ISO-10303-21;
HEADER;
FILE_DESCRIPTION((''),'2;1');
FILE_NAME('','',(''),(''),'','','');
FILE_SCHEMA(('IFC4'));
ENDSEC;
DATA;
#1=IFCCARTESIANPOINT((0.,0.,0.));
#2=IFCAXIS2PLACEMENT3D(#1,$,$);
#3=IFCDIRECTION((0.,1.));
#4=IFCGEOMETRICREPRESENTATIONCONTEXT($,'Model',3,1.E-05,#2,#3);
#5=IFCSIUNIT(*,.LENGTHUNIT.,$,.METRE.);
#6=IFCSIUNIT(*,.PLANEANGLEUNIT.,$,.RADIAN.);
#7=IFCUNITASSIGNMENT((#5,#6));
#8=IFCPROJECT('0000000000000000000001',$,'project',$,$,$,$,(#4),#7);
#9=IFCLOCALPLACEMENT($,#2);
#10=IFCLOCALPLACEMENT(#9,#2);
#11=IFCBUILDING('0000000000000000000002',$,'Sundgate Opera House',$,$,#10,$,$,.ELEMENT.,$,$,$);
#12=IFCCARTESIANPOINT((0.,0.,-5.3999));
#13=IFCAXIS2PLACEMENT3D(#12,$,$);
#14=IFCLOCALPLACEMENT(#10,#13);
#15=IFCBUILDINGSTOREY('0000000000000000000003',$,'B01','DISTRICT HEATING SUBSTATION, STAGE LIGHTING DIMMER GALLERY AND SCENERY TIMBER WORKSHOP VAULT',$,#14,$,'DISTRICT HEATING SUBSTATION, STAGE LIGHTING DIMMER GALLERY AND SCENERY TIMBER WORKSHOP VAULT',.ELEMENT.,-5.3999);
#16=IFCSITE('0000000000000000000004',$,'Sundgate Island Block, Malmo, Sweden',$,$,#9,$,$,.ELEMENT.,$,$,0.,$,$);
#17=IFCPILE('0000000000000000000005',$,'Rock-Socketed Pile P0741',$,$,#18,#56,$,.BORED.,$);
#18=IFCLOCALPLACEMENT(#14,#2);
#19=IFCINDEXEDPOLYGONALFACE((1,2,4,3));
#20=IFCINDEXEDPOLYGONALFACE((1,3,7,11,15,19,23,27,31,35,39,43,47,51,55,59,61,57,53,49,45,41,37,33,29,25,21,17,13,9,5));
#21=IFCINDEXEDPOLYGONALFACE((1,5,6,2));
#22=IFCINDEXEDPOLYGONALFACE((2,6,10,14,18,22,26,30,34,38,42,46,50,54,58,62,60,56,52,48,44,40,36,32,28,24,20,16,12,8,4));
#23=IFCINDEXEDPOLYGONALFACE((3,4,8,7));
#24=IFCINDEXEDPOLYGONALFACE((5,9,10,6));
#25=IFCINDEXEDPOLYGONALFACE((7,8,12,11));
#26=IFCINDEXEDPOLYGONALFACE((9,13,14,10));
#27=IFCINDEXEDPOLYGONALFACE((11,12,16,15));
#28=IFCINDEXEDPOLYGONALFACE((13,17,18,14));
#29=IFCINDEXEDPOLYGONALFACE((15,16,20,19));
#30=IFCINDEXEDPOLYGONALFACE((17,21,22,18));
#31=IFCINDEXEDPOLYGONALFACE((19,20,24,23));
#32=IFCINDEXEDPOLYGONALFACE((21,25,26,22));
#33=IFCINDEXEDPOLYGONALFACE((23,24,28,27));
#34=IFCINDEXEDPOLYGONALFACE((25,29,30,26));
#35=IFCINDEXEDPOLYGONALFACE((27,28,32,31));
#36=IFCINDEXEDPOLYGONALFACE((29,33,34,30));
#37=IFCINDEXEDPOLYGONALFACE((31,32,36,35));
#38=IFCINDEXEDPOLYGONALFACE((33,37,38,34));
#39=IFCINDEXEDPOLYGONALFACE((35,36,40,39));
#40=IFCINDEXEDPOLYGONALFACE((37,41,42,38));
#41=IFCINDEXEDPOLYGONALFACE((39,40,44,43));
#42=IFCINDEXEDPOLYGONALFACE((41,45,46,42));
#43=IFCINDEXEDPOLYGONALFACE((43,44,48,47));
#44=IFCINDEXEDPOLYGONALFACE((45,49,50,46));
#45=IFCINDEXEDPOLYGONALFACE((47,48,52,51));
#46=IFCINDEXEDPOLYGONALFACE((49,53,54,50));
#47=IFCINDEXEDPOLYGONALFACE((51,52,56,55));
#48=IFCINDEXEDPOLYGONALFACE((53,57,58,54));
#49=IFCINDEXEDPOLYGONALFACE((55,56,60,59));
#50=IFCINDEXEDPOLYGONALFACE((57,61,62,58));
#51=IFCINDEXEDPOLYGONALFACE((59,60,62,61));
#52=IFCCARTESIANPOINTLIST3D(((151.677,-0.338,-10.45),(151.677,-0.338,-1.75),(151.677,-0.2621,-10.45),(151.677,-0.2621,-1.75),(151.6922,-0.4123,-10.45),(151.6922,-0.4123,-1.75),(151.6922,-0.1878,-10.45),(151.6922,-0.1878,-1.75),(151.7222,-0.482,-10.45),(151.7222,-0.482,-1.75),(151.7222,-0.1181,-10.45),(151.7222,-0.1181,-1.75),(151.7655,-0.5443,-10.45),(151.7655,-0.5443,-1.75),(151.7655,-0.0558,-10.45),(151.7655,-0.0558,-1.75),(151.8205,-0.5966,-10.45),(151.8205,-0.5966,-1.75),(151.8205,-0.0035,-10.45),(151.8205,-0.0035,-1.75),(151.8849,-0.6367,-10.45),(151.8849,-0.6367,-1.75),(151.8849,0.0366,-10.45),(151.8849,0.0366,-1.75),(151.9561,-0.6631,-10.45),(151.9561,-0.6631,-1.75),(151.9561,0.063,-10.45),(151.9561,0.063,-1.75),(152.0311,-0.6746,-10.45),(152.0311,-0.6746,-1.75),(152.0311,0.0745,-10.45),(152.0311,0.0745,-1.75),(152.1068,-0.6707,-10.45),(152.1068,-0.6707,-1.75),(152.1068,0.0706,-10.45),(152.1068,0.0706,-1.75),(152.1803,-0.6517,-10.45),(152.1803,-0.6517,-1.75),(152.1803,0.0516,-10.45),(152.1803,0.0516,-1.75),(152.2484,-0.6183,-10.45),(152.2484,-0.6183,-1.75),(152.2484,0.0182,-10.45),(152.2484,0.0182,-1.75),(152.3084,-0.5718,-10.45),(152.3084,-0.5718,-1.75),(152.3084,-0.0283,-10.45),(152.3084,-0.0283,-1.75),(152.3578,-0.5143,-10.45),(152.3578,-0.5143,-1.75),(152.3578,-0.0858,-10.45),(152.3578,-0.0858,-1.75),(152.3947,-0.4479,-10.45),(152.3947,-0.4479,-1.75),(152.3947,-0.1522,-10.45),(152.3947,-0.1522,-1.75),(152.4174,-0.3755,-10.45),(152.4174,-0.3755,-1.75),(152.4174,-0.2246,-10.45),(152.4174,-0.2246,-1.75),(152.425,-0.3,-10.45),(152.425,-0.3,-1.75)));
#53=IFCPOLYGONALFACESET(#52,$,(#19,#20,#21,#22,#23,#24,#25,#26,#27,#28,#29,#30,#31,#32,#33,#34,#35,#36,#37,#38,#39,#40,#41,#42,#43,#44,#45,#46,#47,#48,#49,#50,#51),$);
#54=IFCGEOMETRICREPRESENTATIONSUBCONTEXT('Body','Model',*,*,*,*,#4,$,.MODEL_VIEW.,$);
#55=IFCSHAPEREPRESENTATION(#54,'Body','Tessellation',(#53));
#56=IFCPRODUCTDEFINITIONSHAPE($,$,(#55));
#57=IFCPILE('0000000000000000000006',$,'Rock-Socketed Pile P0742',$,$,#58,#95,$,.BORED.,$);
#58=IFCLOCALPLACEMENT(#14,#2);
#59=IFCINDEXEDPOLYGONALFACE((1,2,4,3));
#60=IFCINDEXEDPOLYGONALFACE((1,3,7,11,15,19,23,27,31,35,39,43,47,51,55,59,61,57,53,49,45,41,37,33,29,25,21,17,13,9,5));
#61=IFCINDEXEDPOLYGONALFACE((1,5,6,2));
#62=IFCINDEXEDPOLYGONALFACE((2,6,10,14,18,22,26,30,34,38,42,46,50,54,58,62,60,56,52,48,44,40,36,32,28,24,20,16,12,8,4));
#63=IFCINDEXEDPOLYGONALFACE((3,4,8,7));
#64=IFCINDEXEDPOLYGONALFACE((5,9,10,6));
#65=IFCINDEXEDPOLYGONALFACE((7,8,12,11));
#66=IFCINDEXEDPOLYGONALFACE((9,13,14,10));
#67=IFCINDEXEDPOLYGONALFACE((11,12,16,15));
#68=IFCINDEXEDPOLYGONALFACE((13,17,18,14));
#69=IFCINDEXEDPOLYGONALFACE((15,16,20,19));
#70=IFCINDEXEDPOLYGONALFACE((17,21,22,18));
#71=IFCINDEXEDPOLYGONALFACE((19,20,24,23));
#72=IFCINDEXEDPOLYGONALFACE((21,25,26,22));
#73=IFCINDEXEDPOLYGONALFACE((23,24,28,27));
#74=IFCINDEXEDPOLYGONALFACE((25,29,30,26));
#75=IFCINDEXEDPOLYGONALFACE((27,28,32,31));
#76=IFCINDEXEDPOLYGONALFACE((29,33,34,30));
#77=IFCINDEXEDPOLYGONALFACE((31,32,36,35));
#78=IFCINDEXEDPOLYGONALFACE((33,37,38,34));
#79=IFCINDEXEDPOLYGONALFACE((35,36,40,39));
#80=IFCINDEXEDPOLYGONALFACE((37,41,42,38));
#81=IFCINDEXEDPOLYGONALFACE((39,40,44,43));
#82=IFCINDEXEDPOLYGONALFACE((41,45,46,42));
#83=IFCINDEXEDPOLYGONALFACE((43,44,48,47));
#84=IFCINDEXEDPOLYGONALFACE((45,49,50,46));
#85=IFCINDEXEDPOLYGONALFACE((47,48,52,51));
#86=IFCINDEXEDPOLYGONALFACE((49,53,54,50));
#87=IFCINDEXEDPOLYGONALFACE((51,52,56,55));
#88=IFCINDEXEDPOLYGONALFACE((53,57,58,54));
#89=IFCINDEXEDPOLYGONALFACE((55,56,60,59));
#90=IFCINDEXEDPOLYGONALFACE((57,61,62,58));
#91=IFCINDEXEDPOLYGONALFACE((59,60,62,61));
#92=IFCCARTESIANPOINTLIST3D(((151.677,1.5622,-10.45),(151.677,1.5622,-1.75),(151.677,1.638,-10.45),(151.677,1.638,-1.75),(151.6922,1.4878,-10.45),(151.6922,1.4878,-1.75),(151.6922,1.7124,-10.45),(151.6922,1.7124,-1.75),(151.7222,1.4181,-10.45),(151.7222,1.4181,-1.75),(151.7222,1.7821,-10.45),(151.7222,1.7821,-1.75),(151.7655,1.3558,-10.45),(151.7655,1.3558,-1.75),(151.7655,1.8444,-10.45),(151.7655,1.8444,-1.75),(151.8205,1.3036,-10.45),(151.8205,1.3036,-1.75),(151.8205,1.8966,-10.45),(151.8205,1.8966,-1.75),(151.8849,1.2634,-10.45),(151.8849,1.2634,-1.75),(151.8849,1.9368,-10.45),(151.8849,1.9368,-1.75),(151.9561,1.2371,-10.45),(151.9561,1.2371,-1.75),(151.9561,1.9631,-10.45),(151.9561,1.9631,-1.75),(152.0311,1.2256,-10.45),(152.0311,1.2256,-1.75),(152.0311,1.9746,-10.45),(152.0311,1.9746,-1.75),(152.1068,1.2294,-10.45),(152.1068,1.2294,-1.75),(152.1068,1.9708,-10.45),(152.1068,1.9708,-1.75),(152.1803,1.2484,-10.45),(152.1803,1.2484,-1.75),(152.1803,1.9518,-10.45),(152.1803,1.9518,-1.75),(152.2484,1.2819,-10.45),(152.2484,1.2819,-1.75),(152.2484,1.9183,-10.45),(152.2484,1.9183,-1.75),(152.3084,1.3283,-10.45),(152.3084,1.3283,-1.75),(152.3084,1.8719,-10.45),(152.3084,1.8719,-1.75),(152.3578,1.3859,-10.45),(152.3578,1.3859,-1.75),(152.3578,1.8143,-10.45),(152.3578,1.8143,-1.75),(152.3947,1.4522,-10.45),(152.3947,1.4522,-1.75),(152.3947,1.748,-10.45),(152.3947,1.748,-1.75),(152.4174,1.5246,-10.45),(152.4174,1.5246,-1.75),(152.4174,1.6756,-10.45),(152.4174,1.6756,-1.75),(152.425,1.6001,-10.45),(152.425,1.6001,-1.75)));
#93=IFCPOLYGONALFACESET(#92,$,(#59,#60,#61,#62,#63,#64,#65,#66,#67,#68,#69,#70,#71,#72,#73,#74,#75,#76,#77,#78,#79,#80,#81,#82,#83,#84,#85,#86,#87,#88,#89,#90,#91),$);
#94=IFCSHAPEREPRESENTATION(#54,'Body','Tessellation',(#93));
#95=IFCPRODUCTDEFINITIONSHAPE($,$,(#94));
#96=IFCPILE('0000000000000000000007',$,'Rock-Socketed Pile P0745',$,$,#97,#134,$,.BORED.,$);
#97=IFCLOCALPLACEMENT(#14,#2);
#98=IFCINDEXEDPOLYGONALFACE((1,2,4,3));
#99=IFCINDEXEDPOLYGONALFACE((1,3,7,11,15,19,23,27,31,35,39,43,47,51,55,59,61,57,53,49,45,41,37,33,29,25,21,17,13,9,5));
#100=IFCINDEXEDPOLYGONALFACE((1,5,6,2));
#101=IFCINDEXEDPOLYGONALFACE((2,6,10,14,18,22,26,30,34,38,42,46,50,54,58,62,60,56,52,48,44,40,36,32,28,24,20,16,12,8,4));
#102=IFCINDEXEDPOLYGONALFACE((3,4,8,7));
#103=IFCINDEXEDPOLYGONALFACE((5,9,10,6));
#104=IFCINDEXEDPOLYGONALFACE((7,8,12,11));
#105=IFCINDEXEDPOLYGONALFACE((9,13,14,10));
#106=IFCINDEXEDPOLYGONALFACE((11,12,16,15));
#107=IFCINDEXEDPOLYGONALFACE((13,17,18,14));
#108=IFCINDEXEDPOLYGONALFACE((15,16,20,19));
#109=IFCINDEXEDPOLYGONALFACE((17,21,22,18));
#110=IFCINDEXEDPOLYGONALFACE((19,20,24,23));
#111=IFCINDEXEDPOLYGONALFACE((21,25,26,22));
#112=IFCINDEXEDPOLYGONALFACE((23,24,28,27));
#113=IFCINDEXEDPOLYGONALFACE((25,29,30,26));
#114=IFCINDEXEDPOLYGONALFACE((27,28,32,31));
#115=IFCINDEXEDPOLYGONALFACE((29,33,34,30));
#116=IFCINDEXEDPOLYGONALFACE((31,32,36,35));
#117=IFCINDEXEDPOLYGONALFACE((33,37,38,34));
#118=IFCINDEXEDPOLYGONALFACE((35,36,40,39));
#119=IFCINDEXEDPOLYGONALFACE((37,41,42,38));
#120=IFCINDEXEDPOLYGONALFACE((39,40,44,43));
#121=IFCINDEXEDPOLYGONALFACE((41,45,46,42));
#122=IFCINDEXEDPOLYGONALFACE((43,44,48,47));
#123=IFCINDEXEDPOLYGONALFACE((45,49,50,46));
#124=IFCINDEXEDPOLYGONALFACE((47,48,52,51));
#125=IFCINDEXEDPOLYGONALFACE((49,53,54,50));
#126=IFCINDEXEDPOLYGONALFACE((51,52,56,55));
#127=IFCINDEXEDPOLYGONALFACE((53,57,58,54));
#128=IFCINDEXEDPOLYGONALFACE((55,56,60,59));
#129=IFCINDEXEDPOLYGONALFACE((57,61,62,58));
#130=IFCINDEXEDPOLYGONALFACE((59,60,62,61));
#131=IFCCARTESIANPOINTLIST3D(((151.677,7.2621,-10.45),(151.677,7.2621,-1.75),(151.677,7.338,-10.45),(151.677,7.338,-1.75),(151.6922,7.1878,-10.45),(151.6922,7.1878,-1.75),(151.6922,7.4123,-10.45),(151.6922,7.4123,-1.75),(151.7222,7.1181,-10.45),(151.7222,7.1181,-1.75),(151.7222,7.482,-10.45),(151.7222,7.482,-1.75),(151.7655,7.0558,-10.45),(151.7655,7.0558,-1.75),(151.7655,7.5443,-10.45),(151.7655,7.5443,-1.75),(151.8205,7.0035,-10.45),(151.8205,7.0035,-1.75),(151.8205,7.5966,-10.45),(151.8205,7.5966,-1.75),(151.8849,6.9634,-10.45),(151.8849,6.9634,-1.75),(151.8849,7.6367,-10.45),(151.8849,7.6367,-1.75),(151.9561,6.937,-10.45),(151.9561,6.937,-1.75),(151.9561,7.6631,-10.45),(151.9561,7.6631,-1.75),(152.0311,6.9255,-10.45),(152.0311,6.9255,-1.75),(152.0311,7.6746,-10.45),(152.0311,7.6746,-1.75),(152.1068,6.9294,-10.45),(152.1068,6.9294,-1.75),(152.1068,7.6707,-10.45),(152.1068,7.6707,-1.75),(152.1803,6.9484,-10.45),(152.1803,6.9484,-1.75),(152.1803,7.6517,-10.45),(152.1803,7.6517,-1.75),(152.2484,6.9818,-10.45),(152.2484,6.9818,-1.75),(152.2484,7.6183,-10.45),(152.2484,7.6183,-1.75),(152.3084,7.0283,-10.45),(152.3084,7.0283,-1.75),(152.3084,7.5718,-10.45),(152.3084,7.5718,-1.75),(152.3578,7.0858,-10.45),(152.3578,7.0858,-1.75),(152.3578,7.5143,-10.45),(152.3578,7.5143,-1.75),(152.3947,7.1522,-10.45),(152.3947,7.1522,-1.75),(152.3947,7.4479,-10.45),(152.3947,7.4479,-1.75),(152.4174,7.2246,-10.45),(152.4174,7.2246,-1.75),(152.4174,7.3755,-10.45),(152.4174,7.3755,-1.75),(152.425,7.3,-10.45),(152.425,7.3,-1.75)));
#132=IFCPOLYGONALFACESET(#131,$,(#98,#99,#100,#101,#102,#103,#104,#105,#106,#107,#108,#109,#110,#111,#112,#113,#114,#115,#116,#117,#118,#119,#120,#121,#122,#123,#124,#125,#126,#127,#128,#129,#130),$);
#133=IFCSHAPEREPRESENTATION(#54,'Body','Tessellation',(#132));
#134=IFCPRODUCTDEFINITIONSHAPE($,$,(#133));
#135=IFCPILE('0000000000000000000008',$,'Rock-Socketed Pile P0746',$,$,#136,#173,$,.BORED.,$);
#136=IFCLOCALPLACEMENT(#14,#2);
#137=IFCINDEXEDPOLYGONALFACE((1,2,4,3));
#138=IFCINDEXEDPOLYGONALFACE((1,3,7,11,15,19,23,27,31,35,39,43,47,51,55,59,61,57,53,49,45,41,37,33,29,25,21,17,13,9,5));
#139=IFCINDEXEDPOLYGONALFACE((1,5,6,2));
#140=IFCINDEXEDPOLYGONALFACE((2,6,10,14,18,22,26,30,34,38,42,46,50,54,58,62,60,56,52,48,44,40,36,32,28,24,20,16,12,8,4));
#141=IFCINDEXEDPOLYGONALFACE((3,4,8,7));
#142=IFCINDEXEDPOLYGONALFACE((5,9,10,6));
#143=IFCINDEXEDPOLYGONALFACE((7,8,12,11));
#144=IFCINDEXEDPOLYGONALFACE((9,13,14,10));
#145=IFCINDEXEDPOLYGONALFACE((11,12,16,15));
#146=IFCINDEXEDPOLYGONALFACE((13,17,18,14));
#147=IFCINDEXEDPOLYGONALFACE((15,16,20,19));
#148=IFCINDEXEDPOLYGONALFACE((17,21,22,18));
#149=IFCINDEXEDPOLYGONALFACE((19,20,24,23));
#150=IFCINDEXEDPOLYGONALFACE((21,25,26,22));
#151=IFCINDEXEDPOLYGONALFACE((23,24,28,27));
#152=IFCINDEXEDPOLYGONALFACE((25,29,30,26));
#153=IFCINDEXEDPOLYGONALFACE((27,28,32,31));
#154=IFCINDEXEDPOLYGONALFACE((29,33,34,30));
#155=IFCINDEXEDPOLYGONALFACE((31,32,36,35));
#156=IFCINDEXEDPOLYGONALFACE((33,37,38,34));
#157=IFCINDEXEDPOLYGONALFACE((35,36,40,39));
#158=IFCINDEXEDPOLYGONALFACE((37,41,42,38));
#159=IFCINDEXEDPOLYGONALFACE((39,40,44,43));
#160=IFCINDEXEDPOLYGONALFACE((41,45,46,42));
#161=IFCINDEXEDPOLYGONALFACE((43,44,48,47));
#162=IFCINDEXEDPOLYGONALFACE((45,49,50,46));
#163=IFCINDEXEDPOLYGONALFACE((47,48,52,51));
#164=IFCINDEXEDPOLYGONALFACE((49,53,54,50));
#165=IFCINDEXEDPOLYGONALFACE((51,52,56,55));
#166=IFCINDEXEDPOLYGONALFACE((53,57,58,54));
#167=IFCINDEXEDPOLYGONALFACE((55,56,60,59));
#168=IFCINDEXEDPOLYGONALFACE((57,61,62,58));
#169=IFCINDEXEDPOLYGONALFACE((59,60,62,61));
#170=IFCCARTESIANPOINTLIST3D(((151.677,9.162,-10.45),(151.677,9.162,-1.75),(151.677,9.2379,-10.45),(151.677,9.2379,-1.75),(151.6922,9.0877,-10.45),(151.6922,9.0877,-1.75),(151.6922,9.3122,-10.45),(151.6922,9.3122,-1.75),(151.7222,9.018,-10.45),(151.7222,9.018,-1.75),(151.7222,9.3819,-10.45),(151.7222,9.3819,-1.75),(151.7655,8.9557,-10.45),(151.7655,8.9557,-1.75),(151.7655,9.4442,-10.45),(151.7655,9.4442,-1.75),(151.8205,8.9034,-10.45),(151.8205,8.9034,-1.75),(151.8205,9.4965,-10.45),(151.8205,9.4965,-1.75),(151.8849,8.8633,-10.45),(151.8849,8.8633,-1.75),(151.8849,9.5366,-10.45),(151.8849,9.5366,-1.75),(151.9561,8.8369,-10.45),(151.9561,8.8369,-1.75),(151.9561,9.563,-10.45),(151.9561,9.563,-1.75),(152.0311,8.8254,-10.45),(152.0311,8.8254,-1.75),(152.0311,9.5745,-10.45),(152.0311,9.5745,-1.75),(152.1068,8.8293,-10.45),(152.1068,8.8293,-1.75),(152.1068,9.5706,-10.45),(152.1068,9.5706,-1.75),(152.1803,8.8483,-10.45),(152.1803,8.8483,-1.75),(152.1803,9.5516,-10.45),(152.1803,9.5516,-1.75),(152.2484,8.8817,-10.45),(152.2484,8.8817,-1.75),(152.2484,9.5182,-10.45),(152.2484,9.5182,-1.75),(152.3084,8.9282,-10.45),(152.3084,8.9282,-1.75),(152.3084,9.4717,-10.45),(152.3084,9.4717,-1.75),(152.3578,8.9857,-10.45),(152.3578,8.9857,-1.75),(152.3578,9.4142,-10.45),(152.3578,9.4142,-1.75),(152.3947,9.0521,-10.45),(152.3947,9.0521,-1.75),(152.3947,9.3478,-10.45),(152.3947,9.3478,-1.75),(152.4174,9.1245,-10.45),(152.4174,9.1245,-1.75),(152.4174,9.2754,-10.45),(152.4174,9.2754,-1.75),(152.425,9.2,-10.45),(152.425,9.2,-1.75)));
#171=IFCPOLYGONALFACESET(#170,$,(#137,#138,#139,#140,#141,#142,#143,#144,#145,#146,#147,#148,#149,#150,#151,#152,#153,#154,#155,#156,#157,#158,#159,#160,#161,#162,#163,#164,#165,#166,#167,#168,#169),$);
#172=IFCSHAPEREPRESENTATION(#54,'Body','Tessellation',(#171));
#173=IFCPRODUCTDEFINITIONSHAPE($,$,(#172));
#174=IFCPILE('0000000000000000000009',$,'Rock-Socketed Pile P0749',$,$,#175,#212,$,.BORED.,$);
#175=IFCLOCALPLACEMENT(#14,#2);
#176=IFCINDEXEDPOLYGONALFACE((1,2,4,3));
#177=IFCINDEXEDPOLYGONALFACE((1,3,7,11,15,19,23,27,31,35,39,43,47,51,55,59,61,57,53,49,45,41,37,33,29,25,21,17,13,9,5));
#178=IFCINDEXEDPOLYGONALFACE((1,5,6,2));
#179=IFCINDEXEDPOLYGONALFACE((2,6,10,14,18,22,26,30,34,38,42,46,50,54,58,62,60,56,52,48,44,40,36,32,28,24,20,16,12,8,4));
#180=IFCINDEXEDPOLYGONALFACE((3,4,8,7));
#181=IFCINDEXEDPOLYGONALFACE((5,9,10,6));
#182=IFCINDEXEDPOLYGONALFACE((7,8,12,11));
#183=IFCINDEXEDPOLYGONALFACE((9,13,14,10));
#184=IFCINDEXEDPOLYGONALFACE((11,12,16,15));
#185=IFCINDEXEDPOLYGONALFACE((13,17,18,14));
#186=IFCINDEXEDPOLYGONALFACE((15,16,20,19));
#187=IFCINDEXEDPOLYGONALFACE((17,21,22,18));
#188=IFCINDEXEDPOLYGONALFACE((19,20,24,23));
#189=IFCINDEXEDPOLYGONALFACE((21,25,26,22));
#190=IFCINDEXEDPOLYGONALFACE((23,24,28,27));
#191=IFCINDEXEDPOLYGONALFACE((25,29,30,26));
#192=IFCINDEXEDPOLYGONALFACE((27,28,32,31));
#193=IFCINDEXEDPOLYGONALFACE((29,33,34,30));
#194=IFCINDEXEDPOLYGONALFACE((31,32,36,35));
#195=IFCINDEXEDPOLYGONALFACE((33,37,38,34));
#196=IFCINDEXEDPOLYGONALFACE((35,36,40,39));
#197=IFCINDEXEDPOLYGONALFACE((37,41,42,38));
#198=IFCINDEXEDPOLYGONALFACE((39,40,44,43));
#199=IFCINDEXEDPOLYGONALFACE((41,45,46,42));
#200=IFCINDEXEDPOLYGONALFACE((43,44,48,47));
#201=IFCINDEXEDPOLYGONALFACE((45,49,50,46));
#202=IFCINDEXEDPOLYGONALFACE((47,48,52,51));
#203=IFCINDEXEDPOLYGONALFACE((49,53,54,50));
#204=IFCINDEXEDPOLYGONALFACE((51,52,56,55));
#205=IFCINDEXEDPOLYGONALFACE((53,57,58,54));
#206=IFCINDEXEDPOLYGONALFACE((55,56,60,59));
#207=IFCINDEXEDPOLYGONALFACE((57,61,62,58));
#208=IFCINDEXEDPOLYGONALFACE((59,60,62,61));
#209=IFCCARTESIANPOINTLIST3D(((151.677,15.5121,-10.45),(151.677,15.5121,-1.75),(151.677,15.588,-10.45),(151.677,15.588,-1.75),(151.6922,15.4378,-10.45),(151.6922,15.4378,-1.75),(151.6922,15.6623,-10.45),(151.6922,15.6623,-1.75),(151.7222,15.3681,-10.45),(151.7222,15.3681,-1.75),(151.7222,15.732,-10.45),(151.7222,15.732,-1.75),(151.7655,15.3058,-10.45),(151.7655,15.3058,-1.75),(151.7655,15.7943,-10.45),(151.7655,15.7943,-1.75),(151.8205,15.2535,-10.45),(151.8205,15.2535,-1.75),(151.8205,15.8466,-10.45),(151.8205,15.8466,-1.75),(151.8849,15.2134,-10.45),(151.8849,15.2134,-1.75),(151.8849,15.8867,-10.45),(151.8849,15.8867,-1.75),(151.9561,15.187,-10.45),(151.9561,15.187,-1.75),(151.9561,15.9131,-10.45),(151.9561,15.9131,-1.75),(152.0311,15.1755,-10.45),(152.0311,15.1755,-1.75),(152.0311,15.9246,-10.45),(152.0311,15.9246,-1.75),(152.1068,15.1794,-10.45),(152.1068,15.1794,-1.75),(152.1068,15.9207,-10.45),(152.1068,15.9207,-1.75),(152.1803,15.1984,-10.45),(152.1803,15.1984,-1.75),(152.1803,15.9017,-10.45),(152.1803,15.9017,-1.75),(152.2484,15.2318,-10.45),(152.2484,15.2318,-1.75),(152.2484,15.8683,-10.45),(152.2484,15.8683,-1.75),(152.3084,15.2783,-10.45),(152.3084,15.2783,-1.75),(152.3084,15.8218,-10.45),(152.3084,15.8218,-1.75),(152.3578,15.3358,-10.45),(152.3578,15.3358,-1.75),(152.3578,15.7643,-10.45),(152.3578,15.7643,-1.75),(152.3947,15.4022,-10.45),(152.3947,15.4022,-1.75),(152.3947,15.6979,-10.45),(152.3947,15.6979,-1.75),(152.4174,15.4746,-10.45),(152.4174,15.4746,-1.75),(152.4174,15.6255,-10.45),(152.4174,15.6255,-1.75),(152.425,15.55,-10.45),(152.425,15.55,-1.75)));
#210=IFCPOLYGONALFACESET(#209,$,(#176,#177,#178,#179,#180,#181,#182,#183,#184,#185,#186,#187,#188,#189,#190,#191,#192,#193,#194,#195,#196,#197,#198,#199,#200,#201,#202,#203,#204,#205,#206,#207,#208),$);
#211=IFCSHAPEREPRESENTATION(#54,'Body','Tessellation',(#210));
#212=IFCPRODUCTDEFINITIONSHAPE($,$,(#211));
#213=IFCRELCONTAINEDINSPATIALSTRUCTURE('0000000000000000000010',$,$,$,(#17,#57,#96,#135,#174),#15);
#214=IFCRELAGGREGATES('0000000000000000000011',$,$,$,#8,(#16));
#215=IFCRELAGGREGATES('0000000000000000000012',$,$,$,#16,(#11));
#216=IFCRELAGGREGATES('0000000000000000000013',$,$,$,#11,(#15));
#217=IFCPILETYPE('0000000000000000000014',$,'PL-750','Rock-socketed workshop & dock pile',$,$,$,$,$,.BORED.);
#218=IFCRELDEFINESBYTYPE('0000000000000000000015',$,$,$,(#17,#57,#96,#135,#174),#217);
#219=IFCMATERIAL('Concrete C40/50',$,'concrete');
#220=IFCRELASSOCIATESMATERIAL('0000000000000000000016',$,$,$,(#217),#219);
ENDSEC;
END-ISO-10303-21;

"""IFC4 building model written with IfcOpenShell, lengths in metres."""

from ifc_helpers import new_model, si_unit, direction, frame, origin, origin_2d, place, context, subcontext, project, spatial, circle, extrude, material, material_profile, profile_set, type_object, element, save


model = new_model("IFC4")

# Units and contexts
model_context = context("Model", 3, precision=1e-05, world=origin(), true_north=direction((0.0, 1.0)))
body_context = subcontext(model_context, "Body", "Model", "MODEL_VIEW")
ifc_project = project(units=[si_unit("LENGTHUNIT", "METRE"), si_unit("PLANEANGLEUNIT", "RADIAN")], contexts=[model_context])

# Site, building, storey
site_placement = place(None, origin())
site = spatial("IfcSite", under=ifc_project, at=site_placement, Name="Sundgate Island Block, Malmo, Sweden", CompositionType="ELEMENT", RefElevation=0.0)
building_placement = place(site_placement, origin())
building = spatial("IfcBuilding", under=site, at=building_placement, Name="Sundgate Opera House", CompositionType="ELEMENT")
storey_placement = place(building_placement, frame((0.0, 0.0, -5.3999)))
storey = spatial("IfcBuildingStorey", under=building, at=storey_placement, Name="B01", Description="DISTRICT HEATING SUBSTATION, STAGE LIGHTING DIMMER GALLERY AND SCENERY TIMBER WORKSHOP VAULT", LongName="DISTRICT HEATING SUBSTATION, STAGE LIGHTING DIMMER GALLERY AND SCENERY TIMBER WORKSHOP VAULT", CompositionType="ELEMENT", Elevation=-5.3999)

# Piles
ifc_material_1 = material(Name="Concrete C40/50", Category="concrete")
ifc_material_profile_1 = material_profile(ifc_material_1, circle(Radius=0.375, at=origin_2d()), Name="PILE D750")
ifc_profile_set_1 = profile_set([ifc_material_profile_1], Name="Concrete C40/50")
pile_type = type_object("IfcPileType", Name="PL-750", Description="Rock-socketed workshop & dock pile", PredefinedType="BORED", material=ifc_profile_set_1)
for number, where, z_axis, x_axis, name in (
    (1, (152.05, -0.3, -1.75), (0.0, 0.0, -1.0), (1.0, 0.0, 0.0), "Rock-Socketed Pile P0741"),
    (2, (152.05, 1.6001, -1.75), (0.0, 0.0, -1.0), (1.0, 0.0, 0.0), "Rock-Socketed Pile P0742"),
    (3, (152.05, 7.3, -1.75), (0.0, 0.0, -1.0), (1.0, 0.0, 0.0), "Rock-Socketed Pile P0745"),
    (4, (152.05, 9.2, -1.75), (0.0, 0.0, -1.0), (1.0, 0.0, 0.0), "Rock-Socketed Pile P0746"),
    (5, (152.05, 15.55, -1.75), (0.0, 0.0, -1.0), (1.0, 0.0, 0.0), "Rock-Socketed Pile P0749"),
):
    element("IfcPile", number, at=place(storey_placement, frame(where, z_axis=z_axis, x_axis=x_axis)), inside=storey, type_object=pile_type, Name=name, PredefinedType="BORED", context=body_context, shape_type="SweptSolid", body=[
        extrude(circle(Radius=0.375, at=origin_2d()), origin(), (0.0, 0.0, 1.0), 8.7),
    ])

save(model, "model.ifc")
